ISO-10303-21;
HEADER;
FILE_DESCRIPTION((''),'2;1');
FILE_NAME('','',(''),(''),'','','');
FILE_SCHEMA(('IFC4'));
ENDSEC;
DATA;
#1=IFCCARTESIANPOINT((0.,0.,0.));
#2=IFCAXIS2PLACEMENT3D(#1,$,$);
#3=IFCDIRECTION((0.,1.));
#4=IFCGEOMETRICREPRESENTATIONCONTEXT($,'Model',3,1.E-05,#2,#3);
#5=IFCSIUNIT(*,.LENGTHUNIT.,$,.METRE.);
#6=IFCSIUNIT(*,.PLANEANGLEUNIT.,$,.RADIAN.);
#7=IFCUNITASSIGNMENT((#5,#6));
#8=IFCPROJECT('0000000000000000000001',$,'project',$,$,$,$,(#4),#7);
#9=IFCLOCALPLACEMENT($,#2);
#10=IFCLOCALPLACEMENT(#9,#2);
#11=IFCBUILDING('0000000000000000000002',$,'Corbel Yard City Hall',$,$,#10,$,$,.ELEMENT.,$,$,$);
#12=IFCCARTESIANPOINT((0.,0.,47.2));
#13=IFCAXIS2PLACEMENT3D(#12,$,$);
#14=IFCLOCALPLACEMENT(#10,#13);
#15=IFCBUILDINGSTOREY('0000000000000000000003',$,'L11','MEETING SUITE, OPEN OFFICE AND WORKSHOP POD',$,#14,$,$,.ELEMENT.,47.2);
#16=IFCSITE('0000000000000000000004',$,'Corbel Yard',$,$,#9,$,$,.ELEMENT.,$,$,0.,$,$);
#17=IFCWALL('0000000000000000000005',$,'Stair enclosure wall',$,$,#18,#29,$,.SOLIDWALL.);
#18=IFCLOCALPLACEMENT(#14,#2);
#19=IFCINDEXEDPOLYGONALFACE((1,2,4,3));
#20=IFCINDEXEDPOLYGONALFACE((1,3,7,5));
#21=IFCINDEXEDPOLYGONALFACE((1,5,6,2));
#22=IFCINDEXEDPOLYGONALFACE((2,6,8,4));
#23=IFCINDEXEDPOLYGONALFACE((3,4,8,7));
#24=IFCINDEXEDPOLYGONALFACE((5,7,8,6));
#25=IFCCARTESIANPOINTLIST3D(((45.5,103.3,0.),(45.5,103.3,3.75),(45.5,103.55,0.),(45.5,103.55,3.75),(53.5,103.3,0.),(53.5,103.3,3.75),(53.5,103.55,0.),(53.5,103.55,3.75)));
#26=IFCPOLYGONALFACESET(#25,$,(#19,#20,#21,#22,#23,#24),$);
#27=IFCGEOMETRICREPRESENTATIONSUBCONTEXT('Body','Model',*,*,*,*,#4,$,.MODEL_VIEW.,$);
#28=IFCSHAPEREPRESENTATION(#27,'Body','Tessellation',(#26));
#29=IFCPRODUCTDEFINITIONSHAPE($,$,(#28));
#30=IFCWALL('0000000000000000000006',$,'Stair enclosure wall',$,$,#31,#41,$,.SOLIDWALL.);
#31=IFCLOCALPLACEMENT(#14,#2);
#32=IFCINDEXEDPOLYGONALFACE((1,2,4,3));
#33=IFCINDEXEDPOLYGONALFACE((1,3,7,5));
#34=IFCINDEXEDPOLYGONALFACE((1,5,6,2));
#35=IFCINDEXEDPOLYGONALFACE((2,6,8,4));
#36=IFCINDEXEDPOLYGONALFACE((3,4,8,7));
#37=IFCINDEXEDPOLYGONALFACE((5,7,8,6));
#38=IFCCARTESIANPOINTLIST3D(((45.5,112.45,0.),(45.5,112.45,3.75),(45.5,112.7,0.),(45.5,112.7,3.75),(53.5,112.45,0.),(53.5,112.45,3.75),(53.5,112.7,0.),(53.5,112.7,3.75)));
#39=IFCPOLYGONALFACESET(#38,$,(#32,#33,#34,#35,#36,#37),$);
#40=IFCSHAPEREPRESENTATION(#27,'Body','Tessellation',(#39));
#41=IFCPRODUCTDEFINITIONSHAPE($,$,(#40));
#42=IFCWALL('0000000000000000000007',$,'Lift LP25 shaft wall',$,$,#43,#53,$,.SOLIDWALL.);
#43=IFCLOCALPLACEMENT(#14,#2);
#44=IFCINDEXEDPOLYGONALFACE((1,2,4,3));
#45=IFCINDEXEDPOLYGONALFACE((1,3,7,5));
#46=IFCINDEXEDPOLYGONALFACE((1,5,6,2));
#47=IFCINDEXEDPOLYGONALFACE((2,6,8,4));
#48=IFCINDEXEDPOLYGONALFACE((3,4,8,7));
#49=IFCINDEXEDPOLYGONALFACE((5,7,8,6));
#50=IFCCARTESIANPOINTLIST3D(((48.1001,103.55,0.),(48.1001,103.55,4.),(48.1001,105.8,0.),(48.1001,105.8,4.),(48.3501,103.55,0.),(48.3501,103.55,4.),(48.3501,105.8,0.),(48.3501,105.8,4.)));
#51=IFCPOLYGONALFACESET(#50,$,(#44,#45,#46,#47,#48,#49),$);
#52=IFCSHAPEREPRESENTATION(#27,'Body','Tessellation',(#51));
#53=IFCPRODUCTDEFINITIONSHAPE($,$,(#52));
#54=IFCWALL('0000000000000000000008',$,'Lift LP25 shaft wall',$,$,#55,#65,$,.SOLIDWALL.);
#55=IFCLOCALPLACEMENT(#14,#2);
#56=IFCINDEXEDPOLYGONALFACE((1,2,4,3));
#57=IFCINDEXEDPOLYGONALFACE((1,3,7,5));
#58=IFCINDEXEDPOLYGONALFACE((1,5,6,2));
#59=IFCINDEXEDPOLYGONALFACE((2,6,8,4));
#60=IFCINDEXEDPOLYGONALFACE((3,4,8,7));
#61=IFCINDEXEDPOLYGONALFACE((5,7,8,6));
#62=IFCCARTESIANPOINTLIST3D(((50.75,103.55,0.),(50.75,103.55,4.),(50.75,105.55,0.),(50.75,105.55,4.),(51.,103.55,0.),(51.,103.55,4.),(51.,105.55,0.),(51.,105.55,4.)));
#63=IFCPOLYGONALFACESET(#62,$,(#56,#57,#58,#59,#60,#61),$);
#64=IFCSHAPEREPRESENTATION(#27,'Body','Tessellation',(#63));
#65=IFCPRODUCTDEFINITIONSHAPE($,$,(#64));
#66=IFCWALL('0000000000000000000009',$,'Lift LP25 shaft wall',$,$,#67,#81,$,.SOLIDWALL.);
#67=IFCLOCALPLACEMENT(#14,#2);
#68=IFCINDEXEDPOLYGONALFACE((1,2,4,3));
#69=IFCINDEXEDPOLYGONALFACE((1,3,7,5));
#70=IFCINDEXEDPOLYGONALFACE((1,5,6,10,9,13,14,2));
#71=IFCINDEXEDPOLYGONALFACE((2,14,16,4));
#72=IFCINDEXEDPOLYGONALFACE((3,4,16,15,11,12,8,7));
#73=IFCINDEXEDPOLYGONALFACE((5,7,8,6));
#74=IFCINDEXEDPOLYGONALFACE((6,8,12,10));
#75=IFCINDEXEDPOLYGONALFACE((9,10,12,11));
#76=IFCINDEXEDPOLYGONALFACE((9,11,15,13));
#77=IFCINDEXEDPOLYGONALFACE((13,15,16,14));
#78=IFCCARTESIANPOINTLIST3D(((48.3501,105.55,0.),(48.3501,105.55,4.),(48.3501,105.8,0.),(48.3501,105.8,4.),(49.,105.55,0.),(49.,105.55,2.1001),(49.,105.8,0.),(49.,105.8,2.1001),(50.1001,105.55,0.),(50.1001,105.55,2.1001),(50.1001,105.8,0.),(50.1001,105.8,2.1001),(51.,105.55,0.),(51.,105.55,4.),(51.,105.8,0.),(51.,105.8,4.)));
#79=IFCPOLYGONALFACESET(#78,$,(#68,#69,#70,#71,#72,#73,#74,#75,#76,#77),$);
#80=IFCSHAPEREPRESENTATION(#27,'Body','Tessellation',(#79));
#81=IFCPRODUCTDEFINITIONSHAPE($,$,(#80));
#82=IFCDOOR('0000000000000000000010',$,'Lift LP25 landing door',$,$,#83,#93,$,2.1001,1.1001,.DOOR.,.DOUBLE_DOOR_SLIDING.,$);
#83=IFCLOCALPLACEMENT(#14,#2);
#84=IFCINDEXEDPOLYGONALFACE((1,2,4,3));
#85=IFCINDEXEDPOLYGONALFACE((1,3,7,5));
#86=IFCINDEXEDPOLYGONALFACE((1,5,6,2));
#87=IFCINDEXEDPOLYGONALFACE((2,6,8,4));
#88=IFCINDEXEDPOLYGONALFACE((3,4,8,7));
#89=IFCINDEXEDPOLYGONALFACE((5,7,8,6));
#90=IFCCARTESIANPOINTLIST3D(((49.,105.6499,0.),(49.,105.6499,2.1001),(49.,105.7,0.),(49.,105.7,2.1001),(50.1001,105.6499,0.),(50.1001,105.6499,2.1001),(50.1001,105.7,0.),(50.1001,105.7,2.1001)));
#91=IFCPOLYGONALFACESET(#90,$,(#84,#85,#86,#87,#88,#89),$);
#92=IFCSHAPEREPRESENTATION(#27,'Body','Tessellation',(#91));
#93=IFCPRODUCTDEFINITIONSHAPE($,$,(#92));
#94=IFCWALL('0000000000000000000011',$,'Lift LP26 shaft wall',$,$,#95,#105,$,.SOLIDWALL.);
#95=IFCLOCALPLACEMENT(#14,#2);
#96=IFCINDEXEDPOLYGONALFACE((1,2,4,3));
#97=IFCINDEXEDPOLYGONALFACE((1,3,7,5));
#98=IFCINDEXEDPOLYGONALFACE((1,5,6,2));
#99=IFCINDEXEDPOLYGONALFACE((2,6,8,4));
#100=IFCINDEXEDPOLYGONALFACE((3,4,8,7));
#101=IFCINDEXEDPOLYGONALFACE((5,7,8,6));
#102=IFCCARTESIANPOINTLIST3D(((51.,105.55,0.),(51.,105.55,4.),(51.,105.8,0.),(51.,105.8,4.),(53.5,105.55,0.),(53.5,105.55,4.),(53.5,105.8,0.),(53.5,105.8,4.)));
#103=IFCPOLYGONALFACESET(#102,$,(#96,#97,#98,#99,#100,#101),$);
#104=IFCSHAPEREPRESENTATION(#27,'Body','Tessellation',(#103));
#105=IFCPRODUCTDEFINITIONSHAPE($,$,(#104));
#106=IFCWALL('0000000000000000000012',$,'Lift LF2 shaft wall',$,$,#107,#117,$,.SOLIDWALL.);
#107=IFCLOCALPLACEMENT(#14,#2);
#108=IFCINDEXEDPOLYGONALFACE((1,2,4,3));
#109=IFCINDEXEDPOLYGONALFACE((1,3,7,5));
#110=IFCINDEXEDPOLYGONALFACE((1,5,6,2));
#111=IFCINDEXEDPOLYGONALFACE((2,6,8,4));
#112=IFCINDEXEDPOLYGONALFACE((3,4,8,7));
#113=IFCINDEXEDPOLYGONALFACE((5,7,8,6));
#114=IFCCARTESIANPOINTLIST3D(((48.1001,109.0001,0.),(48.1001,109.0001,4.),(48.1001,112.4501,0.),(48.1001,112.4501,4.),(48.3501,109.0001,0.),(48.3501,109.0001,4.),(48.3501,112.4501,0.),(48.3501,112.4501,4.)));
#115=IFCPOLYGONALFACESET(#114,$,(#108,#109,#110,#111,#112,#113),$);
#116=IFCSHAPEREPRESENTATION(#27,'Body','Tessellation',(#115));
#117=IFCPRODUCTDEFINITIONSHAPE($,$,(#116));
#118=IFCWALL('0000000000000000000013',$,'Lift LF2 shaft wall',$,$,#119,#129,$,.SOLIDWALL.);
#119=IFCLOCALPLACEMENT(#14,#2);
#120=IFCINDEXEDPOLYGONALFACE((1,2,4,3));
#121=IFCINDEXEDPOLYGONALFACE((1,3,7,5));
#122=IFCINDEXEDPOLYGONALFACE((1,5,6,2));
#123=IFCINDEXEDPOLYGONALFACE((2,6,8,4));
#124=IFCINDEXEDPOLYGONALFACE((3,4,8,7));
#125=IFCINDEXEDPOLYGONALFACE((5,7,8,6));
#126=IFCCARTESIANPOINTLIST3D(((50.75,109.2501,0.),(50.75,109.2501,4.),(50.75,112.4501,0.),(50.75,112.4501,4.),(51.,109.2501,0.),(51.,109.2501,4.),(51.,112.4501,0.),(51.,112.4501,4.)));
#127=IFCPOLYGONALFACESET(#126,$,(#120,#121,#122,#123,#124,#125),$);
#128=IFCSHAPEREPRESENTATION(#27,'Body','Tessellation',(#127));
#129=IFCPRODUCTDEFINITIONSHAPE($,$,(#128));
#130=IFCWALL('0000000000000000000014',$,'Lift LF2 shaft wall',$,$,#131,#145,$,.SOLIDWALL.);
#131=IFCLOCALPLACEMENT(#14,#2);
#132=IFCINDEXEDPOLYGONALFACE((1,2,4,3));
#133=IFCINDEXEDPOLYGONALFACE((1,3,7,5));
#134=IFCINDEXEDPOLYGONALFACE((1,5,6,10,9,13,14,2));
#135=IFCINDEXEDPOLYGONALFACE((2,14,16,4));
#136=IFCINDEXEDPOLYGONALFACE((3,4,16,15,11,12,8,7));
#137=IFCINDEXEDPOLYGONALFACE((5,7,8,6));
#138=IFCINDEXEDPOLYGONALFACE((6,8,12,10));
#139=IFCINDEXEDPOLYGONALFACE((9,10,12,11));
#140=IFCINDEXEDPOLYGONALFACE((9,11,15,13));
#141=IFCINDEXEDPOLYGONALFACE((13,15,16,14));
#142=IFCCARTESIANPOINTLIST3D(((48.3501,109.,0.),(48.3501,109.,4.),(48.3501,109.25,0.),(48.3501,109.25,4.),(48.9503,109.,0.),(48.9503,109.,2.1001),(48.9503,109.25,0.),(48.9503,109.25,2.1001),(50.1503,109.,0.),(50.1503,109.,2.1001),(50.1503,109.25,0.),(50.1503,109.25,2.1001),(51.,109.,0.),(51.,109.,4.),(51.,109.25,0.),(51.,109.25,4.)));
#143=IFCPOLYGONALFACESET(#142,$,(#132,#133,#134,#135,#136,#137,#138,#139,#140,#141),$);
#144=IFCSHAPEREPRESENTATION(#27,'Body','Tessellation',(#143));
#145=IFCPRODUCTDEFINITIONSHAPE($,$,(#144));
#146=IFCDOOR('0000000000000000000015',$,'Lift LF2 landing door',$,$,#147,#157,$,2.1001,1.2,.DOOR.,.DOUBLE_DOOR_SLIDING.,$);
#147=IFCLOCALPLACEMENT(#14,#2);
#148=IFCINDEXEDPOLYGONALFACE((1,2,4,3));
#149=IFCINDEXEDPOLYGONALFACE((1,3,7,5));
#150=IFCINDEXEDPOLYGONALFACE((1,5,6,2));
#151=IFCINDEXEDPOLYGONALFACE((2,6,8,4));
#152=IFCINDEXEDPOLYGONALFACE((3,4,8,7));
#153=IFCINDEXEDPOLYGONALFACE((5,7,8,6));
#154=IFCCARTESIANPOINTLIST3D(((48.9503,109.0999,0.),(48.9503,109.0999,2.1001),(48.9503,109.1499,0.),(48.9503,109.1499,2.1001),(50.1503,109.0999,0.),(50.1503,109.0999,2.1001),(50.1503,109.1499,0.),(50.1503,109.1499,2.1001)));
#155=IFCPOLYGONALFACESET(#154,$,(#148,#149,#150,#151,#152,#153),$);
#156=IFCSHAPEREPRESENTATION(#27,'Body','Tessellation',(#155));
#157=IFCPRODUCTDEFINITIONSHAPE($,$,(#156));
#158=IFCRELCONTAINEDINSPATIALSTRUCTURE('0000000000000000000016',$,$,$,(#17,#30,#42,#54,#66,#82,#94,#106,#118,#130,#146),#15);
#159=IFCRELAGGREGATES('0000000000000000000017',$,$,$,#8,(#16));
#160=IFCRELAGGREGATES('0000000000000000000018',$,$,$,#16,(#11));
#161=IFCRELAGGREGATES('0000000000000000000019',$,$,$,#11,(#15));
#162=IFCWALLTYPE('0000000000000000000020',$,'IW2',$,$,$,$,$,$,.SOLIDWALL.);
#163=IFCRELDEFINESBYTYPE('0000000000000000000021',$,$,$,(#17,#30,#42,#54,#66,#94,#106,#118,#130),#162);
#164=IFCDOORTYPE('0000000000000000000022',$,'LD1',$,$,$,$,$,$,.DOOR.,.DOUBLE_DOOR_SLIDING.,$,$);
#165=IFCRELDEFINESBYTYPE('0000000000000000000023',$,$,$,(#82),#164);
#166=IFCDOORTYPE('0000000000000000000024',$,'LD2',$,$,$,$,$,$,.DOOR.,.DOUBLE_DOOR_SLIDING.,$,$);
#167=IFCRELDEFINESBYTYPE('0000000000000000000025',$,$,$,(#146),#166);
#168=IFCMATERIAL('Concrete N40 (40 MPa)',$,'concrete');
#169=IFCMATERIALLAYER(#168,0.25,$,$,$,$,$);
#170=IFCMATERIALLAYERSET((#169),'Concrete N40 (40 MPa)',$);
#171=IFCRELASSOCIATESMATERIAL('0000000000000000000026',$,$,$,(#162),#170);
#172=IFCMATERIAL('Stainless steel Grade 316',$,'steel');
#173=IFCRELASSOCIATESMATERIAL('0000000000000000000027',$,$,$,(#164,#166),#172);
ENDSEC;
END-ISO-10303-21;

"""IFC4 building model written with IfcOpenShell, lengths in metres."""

from ifc_helpers import new_model, si_unit, direction, frame, frame_2d, origin, place, context, subcontext, project, spatial, rectangle, extrude, material, layer, layer_set, type_object, element, fill, save


model = new_model("IFC4")

# Units and contexts
model_context = context("Model", 3, precision=1e-05, world=origin(), true_north=direction((0.0, 1.0)))
body_context = subcontext(model_context, "Body", "Model", "MODEL_VIEW")
ifc_project = project(units=[si_unit("LENGTHUNIT", "METRE"), si_unit("PLANEANGLEUNIT", "RADIAN")], contexts=[model_context])

# Site, building, storey
site_placement = place(None, origin())
site = spatial("IfcSite", under=ifc_project, at=site_placement, Name="Corbel Yard", CompositionType="ELEMENT", RefElevation=0.0)
building_placement = place(site_placement, origin())
building = spatial("IfcBuilding", under=site, at=building_placement, Name="Corbel Yard City Hall", CompositionType="ELEMENT")
storey_placement = place(building_placement, frame((0.0, 0.0, 47.2)))
storey = spatial("IfcBuildingStorey", under=building, at=storey_placement, Name="L11", Description="MEETING SUITE, OPEN OFFICE AND WORKSHOP POD", CompositionType="ELEMENT", Elevation=47.2)

# Walls
ifc_material_1 = material(Name="Concrete N40 (40 MPa)", Category="concrete")
ifc_layer_1 = layer(ifc_material_1, 0.25)
ifc_layer_set_1 = layer_set([ifc_layer_1], Name="Concrete N40 (40 MPa)")
wall_type_1 = type_object("IfcWallType", Name="IW2", PredefinedType="SOLIDWALL", material=ifc_layer_set_1)
for number, where, z_axis, x_axis, name in (
    (1, (45.5, 103.425, 0.0), (0.0, 0.0, 1.0), (1.0, 0.0, 0.0), "Stair enclosure wall"),
    (2, (45.5, 112.575, 0.0), (0.0, 0.0, 1.0), (1.0, 0.0, 0.0), "Stair enclosure wall"),
):
    element("IfcWall", number, at=place(storey_placement, frame(where, z_axis=z_axis, x_axis=x_axis)), inside=storey, type_object=wall_type_1, Name=name, PredefinedType="SOLIDWALL", context=body_context, shape_type="SweptSolid", body=[
        extrude(rectangle(XDim=8.0, YDim=0.25, at=frame_2d((4.0, 0.0))), origin(), (0.0, 0.0, 1.0), 3.75),
    ])
wall_1_placement = place(storey_placement, frame((48.2251, 103.55, 0.0), z_axis=(0.0, 0.0, 1.0), x_axis=(0.0, 1.0, 0.0)))
element("IfcWall", 3, at=wall_1_placement, inside=storey, type_object=wall_type_1, Name="Lift LP25 shaft wall", PredefinedType="SOLIDWALL", context=body_context, shape_type="SweptSolid", body=[
    extrude(rectangle(XDim=2.25, YDim=0.25, at=frame_2d((1.125, 0.0))), origin(), (0.0, 0.0, 1.0), 4.0),
])
wall_2_placement = place(storey_placement, frame((50.875, 103.55, 0.0), z_axis=(0.0, 0.0, 1.0), x_axis=(0.0, 1.0, 0.0)))
element("IfcWall", 4, at=wall_2_placement, inside=storey, type_object=wall_type_1, Name="Lift LP25 shaft wall", PredefinedType="SOLIDWALL", context=body_context, shape_type="SweptSolid", body=[
    extrude(rectangle(XDim=2.0, YDim=0.25, at=frame_2d((1.0, 0.0))), origin(), (0.0, 0.0, 1.0), 4.0),
])

# Wall, opening, door
wall_3_placement = place(storey_placement, frame((48.3501, 105.675, 0.0), z_axis=(0.0, 0.0, 1.0), x_axis=(1.0, 0.0, 0.0)))
wall_3 = element("IfcWall", 5, at=wall_3_placement, inside=storey, type_object=wall_type_1, Name="Lift LP25 shaft wall", PredefinedType="SOLIDWALL", context=body_context, shape_type="SweptSolid", body=[
    extrude(rectangle(XDim=2.6499, YDim=0.25, at=frame_2d((1.325, 0.0))), origin(), (0.0, 0.0, 1.0), 4.0),
])
opening_1_placement = place(wall_3_placement, frame((0.6499, 0.0, 0.0)))
opening_1 = element("IfcOpeningElement", 6, at=opening_1_placement, cuts=wall_3, PredefinedType="OPENING", context=body_context, shape_type="SweptSolid", body=[
    extrude(rectangle(XDim=1.1001, YDim=2.1001, at=frame_2d((0.55, 1.05))), frame((0.0, 0.135, 0.0), z_axis=(0.0, -1.0, 0.0), x_axis=(1.0, 0.0, 0.0)), (0.0, 0.0, 1.0), 0.27),
])
ifc_material_2 = material(Name="Stainless steel Grade 316", Category="steel")
door_type_1 = type_object("IfcDoorType", Name="LD1", OperationType="DOUBLE_DOOR_SLIDING", PredefinedType="DOOR", material=ifc_material_2)
door_1_placement = place(opening_1_placement, origin())
door_1 = element("IfcDoor", 7, at=door_1_placement, inside=storey, type_object=door_type_1, Name="Lift LP25 landing door", OperationType="DOUBLE_DOOR_SLIDING", OverallHeight=2.1001, OverallWidth=1.1001, PredefinedType="DOOR", context=body_context, shape_type="SweptSolid", body=[
    extrude(rectangle(XDim=1.1001, YDim=2.1001, at=frame_2d((0.55, 1.05))), frame((0.0, 0.0249, 0.0), z_axis=(0.0, -1.0, 0.0), x_axis=(1.0, 0.0, 0.0)), (0.0, 0.0, 1.0), 0.05),
])
fill(opening_1, door_1)

# Walls
wall_4_placement = place(storey_placement, frame((51.0, 105.675, 0.0), z_axis=(0.0, 0.0, 1.0), x_axis=(1.0, 0.0, 0.0)))
element("IfcWall", 8, at=wall_4_placement, inside=storey, type_object=wall_type_1, Name="Lift LP26 shaft wall", PredefinedType="SOLIDWALL", context=body_context, shape_type="SweptSolid", body=[
    extrude(rectangle(XDim=2.5, YDim=0.25, at=frame_2d((1.25, 0.0))), origin(), (0.0, 0.0, 1.0), 4.0),
])
wall_5_placement = place(storey_placement, frame((48.2251, 109.0, 0.0), z_axis=(0.0, 0.0, 1.0), x_axis=(0.0, 1.0, 0.0)))
element("IfcWall", 9, at=wall_5_placement, inside=storey, type_object=wall_type_1, Name="Lift LF2 shaft wall", PredefinedType="SOLIDWALL", context=body_context, shape_type="SweptSolid", body=[
    extrude(rectangle(XDim=3.45, YDim=0.25, at=frame_2d((1.7251, 0.0))), origin(), (0.0, 0.0, 1.0), 4.0),
])
wall_6_placement = place(storey_placement, frame((50.875, 109.25, 0.0), z_axis=(0.0, 0.0, 1.0), x_axis=(0.0, 1.0, 0.0)))
element("IfcWall", 10, at=wall_6_placement, inside=storey, type_object=wall_type_1, Name="Lift LF2 shaft wall", PredefinedType="SOLIDWALL", context=body_context, shape_type="SweptSolid", body=[
    extrude(rectangle(XDim=3.2, YDim=0.25, at=frame_2d((1.6001, 0.0))), origin(), (0.0, 0.0, 1.0), 4.0),
])

# Wall, opening, door
wall_7_placement = place(storey_placement, frame((48.3501, 109.125, 0.0), z_axis=(0.0, 0.0, 1.0), x_axis=(1.0, 0.0, 0.0)))
wall_7 = element("IfcWall", 11, at=wall_7_placement, inside=storey, type_object=wall_type_1, Name="Lift LF2 shaft wall", PredefinedType="SOLIDWALL", context=body_context, shape_type="SweptSolid", body=[
    extrude(rectangle(XDim=2.6499, YDim=0.25, at=frame_2d((1.325, 0.0))), origin(), (0.0, 0.0, 1.0), 4.0),
])
opening_2_placement = place(wall_7_placement, frame((0.6001, 0.0, 0.0)))
opening_2 = element("IfcOpeningElement", 12, at=opening_2_placement, cuts=wall_7, PredefinedType="OPENING", context=body_context, shape_type="SweptSolid", body=[
    extrude(rectangle(XDim=1.2, YDim=2.1001, at=frame_2d((0.6001, 1.05))), frame((0.0, 0.135, 0.0), z_axis=(0.0, -1.0, 0.0), x_axis=(1.0, 0.0, 0.0)), (0.0, 0.0, 1.0), 0.27),
])
door_type_2 = type_object("IfcDoorType", Name="LD2", OperationType="DOUBLE_DOOR_SLIDING", PredefinedType="DOOR", material=ifc_material_2)
door_2_placement = place(opening_2_placement, origin())
door_2 = element("IfcDoor", 13, at=door_2_placement, inside=storey, type_object=door_type_2, Name="Lift LF2 landing door", OperationType="DOUBLE_DOOR_SLIDING", OverallHeight=2.1001, OverallWidth=1.2, PredefinedType="DOOR", context=body_context, shape_type="SweptSolid", body=[
    extrude(rectangle(XDim=1.2, YDim=2.1001, at=frame_2d((0.6001, 1.05))), frame((0.0, 0.0249, 0.0), z_axis=(0.0, -1.0, 0.0), x_axis=(1.0, 0.0, 0.0)), (0.0, 0.0, 1.0), 0.05),
])
fill(opening_2, door_2)

save(model, "model.ifc")
